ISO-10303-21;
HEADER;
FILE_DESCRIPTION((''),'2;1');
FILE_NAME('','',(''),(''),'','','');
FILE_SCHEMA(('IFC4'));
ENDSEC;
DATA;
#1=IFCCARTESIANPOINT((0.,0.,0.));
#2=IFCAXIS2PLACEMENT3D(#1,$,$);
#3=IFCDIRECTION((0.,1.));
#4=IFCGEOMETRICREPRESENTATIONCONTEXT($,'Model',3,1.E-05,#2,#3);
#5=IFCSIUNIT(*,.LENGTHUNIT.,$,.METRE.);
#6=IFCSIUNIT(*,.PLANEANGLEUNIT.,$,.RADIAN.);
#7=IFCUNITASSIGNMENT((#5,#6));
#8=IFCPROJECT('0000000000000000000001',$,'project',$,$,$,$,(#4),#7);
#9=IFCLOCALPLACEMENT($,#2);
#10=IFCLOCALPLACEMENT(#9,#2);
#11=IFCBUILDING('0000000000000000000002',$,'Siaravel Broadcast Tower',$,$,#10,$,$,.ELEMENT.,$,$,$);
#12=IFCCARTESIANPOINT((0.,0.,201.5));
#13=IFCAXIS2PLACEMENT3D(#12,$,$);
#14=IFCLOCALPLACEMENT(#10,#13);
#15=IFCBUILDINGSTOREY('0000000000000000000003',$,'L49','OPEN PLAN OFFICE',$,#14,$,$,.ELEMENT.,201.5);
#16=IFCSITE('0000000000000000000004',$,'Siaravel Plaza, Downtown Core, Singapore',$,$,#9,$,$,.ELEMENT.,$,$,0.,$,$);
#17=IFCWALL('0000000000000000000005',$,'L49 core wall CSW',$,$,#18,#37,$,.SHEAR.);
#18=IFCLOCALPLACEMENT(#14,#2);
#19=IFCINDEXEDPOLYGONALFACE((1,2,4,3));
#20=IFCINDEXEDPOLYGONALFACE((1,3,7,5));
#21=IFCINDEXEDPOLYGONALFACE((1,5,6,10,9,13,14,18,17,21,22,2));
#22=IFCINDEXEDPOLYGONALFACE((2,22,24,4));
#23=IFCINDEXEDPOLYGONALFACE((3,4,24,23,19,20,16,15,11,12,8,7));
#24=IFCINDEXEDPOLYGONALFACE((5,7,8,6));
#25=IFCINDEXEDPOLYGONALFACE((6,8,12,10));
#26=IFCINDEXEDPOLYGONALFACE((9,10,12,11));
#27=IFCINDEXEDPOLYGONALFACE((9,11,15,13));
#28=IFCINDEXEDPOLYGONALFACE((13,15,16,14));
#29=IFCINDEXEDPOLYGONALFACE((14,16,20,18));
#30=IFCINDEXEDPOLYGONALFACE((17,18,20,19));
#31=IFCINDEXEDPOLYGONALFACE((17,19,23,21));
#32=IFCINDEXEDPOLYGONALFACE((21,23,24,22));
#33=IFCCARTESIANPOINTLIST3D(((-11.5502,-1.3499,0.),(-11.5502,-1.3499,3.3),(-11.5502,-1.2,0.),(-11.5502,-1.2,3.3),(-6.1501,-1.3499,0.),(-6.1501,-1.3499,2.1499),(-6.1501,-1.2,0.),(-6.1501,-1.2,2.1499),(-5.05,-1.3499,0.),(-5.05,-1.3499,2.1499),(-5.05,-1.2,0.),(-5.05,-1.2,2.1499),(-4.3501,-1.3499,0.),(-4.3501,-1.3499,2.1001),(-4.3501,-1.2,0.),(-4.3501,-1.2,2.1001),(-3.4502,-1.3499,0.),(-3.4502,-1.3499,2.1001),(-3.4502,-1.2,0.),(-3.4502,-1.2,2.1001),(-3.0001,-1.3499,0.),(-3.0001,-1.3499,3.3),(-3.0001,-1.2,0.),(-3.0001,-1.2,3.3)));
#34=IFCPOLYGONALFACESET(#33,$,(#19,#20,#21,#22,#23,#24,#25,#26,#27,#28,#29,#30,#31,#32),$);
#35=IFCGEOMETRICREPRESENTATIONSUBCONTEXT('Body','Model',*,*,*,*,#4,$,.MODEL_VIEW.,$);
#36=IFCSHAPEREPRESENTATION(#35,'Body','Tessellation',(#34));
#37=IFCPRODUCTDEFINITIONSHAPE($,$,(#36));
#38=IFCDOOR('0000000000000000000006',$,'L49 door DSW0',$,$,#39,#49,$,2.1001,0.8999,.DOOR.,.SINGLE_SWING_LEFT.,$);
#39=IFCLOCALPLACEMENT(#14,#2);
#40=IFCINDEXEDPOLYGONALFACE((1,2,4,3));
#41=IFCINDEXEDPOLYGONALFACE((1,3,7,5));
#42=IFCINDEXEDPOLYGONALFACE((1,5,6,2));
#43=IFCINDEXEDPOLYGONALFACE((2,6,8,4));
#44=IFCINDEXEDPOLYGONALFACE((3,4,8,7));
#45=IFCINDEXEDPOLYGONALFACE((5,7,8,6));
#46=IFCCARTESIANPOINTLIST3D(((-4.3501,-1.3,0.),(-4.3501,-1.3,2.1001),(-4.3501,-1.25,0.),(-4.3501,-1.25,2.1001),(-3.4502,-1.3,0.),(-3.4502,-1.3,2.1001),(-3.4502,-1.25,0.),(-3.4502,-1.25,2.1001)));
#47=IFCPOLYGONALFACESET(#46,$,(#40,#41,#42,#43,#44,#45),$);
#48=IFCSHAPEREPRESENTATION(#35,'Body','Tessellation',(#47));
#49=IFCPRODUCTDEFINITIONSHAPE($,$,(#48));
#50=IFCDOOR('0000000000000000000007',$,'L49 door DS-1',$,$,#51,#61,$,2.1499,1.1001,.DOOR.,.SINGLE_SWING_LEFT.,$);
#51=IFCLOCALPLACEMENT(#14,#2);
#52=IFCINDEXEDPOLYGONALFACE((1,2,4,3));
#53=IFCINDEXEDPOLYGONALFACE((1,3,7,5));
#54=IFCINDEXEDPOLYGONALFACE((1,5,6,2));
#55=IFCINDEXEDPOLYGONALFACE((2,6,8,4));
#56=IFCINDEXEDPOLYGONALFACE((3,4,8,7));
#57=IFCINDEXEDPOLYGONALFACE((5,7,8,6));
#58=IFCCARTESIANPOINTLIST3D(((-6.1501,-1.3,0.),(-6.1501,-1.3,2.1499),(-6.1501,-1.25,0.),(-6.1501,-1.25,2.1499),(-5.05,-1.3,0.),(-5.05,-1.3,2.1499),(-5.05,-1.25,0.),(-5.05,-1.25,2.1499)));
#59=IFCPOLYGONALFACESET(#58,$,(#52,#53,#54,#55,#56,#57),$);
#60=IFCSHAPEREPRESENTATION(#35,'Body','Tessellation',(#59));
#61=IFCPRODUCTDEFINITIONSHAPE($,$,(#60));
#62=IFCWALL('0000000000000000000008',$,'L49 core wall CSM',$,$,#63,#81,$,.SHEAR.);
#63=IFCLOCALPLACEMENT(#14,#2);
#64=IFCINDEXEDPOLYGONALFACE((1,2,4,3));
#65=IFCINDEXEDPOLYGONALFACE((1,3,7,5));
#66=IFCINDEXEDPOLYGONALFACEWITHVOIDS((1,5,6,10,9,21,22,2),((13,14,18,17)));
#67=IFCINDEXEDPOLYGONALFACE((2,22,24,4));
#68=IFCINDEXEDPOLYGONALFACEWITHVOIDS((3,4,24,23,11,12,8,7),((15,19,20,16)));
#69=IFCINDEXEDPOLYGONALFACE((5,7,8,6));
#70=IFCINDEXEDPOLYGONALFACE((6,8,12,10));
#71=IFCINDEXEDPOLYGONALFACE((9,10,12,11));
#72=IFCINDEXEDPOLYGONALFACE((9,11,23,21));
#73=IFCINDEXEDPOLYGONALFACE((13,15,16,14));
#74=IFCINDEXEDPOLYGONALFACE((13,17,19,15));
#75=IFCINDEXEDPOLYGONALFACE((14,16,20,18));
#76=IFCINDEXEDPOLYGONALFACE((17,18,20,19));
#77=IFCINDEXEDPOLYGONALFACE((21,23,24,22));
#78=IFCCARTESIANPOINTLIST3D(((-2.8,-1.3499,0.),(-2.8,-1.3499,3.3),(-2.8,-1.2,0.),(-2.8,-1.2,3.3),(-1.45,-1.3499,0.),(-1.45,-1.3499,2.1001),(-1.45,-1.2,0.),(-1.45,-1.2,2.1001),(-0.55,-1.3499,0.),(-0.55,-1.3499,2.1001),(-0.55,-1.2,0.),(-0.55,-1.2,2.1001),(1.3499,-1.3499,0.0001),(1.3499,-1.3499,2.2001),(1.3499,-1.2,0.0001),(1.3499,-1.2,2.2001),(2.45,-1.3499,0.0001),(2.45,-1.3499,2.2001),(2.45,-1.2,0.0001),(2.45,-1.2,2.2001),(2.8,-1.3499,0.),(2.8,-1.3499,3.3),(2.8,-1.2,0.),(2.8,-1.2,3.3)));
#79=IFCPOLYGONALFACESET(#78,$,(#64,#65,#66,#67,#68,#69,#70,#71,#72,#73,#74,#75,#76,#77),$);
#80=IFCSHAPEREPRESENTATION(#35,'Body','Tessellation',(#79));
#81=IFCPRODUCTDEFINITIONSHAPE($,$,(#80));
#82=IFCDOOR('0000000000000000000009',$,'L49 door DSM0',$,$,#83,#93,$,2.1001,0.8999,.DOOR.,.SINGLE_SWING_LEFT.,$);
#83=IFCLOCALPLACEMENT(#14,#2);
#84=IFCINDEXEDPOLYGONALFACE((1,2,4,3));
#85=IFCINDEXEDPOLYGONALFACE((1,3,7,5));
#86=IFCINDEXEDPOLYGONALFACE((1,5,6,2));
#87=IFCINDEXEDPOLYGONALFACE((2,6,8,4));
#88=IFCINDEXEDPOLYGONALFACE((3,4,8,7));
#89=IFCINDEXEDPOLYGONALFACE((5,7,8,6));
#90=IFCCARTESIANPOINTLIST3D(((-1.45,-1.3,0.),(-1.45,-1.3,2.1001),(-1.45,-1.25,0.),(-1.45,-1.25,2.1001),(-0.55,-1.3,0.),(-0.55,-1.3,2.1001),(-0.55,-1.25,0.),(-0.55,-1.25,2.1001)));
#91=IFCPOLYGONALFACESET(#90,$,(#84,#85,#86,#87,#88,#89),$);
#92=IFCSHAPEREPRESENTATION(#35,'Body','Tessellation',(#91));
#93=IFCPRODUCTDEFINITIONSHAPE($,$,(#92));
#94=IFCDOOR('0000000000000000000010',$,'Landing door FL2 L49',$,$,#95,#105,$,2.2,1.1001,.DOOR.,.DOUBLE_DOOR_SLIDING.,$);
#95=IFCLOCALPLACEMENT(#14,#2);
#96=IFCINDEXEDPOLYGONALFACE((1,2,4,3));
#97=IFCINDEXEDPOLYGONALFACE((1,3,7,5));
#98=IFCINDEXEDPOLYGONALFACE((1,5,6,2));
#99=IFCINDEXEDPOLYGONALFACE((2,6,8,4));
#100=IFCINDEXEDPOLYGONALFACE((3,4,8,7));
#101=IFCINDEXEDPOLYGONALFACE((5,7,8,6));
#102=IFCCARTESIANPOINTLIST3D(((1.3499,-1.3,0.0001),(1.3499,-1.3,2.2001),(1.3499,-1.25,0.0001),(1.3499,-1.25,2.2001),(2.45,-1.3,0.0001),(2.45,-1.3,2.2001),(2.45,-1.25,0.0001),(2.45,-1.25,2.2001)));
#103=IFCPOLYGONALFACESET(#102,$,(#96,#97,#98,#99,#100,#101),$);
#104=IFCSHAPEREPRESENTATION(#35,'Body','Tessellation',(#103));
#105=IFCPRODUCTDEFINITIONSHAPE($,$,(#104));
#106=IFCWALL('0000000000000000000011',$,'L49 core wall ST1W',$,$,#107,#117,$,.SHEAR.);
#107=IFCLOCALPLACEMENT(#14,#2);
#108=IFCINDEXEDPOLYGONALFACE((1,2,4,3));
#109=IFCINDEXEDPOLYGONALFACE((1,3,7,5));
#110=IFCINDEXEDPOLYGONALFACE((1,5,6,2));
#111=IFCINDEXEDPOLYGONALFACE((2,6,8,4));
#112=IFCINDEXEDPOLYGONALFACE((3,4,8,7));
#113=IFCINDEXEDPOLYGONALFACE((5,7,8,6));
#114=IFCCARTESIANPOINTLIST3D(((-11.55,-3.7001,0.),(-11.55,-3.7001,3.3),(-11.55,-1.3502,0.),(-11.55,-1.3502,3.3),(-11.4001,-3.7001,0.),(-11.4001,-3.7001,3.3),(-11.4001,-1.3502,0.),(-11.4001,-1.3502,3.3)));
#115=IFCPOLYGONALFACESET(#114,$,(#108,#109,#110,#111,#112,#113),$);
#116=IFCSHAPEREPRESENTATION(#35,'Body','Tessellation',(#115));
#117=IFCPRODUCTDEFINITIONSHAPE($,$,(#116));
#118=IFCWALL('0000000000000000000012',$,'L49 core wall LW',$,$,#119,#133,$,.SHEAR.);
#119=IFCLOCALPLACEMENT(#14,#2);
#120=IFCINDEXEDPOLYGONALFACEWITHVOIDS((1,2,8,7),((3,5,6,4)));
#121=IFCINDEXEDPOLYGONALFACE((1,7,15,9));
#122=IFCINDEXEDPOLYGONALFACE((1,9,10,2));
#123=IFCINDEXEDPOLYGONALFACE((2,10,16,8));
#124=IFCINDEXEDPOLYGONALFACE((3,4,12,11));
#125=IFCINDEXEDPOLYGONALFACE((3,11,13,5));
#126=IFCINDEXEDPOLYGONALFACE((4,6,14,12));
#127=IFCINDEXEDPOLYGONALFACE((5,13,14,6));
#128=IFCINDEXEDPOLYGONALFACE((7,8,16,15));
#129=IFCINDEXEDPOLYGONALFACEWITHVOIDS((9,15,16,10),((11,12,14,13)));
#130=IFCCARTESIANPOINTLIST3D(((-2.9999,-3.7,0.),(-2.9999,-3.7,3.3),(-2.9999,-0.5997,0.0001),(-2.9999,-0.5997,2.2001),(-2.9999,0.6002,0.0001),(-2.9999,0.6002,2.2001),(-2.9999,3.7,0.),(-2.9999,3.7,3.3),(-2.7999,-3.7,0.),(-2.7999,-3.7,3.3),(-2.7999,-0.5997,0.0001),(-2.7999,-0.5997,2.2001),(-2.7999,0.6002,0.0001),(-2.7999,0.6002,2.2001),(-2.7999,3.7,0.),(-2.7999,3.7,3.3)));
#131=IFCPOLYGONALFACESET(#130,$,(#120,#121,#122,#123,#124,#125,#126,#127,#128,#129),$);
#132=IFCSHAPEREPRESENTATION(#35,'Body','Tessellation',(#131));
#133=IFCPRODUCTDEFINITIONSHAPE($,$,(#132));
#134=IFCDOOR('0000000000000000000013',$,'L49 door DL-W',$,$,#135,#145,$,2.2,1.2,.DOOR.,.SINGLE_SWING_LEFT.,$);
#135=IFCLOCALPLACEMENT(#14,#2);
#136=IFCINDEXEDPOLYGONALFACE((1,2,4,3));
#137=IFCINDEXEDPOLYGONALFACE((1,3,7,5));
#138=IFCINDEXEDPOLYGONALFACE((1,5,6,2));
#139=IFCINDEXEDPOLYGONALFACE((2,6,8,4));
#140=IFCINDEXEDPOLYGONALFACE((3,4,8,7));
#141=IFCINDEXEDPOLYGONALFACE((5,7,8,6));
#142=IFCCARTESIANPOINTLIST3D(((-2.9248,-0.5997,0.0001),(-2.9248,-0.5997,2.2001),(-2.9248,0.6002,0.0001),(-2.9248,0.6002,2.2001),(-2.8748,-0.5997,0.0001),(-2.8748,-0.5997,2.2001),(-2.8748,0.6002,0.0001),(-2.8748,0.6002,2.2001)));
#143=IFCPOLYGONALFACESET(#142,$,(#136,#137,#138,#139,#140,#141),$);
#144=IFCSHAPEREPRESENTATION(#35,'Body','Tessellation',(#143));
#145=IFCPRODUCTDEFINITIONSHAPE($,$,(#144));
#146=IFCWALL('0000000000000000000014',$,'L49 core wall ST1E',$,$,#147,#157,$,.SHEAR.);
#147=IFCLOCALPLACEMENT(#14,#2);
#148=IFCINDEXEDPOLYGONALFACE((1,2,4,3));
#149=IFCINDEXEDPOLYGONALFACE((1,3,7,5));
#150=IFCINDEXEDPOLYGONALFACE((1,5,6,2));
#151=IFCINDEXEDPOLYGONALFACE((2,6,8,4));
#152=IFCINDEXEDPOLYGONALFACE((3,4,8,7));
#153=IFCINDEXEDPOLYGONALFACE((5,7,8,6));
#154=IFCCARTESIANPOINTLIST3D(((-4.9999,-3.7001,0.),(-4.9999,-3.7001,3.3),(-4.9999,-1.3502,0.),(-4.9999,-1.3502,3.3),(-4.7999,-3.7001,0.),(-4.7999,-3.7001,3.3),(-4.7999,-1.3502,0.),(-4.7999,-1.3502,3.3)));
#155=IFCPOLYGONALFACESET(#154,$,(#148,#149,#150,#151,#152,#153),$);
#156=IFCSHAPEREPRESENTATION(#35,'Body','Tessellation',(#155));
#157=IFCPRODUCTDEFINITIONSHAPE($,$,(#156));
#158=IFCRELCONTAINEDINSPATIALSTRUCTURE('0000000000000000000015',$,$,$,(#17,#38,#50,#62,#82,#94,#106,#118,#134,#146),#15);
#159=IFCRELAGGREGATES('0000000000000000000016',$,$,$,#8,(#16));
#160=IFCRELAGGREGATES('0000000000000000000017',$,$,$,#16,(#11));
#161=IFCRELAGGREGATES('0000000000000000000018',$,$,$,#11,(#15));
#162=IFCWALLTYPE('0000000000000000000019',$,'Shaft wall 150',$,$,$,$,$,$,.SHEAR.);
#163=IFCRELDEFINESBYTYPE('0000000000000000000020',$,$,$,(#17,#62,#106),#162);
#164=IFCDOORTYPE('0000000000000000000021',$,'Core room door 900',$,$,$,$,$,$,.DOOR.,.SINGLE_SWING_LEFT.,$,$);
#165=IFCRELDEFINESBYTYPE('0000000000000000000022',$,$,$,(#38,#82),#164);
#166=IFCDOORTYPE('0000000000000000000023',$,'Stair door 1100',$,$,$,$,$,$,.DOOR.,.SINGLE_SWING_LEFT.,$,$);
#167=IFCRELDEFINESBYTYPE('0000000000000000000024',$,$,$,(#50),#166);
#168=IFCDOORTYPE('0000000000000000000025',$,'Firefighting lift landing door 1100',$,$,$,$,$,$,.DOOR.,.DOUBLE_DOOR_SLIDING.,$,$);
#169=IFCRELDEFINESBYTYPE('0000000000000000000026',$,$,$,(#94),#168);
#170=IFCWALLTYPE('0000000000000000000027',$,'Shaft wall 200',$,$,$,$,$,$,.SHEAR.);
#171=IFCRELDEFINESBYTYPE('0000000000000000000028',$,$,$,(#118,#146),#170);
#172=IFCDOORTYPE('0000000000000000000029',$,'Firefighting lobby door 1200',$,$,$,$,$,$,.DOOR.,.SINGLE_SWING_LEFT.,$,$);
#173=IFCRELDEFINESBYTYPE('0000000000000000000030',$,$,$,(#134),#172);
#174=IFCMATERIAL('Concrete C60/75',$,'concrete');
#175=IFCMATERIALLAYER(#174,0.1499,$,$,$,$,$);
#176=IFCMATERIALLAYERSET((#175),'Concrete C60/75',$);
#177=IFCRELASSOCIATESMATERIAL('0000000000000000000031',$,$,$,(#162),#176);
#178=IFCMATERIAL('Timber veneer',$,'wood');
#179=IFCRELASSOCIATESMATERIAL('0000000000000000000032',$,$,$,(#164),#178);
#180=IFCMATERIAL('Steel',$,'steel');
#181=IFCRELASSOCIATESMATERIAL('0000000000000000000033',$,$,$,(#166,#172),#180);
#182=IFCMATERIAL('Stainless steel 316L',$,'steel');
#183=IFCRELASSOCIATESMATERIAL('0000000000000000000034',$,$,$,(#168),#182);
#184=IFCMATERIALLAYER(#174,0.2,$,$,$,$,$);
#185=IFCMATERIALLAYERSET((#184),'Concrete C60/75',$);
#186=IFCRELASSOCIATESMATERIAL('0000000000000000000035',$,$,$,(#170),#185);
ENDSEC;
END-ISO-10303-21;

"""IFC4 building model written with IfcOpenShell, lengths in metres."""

from ifc_helpers import new_model, si_unit, direction, frame, frame_2d, origin, place, context, subcontext, project, spatial, rectangle, extrude, material, layer, layer_set, type_object, element, fill, save


model = new_model("IFC4")

# Units and contexts
model_context = context("Model", 3, precision=1e-05, world=origin(), true_north=direction((0.0, 1.0)))
body_context = subcontext(model_context, "Body", "Model", "MODEL_VIEW")
ifc_project = project(units=[si_unit("LENGTHUNIT", "METRE"), si_unit("PLANEANGLEUNIT", "RADIAN")], contexts=[model_context])

# Site, building, storey
site_placement = place(None, origin())
site = spatial("IfcSite", under=ifc_project, at=site_placement, Name="Siaravel Plaza, Downtown Core, Singapore", CompositionType="ELEMENT", RefElevation=0.0)
building_placement = place(site_placement, origin())
building = spatial("IfcBuilding", under=site, at=building_placement, Name="Siaravel Broadcast Tower", CompositionType="ELEMENT")
storey_placement = place(building_placement, frame((0.0, 0.0, 201.5)))
storey = spatial("IfcBuildingStorey", under=building, at=storey_placement, Name="L49", Description="OPEN PLAN OFFICE", CompositionType="ELEMENT", Elevation=201.5)

# Walls, openings, doors
ifc_material_1 = material(Name="Concrete C60/75", Category="concrete")
ifc_layer_1 = layer(ifc_material_1, 0.1499)
ifc_layer_set_1 = layer_set([ifc_layer_1], Name="Concrete C60/75")
wall_type_1 = type_object("IfcWallType", Name="Shaft wall 150", PredefinedType="SHEAR", material=ifc_layer_set_1)
wall_1_placement = place(storey_placement, frame((-11.55, -1.2749, 0.0), z_axis=(0.0, 0.0, 1.0), x_axis=(1.0, 0.0, 0.0)))
wall_1 = element("IfcWall", 1, at=wall_1_placement, inside=storey, type_object=wall_type_1, Name="L49 core wall CSW", PredefinedType="SHEAR", context=body_context, shape_type="SweptSolid", body=[
    extrude(rectangle(XDim=8.55, YDim=0.1499, at=frame_2d((4.2749, 0.0))), origin(), (0.0, 0.0, 1.0), 3.3),
])
opening_1_placement = place(wall_1_placement, frame((5.3999, 0.0, 0.0)))
opening_1 = element("IfcOpeningElement", 2, at=opening_1_placement, cuts=wall_1, PredefinedType="OPENING", context=body_context, shape_type="SweptSolid", body=[
    extrude(rectangle(XDim=1.1001, YDim=2.1499, at=frame_2d((0.55, 1.075))), frame((0.0, 0.085, 0.0), z_axis=(0.0, -1.0, 0.0), x_axis=(1.0, 0.0, 0.0)), (0.0, 0.0, 1.0), 0.1699),
])
opening_2_placement = place(wall_1_placement, frame((7.2, 0.0, 0.0)))
opening_2 = element("IfcOpeningElement", 3, at=opening_2_placement, cuts=wall_1, PredefinedType="OPENING", context=body_context, shape_type="SweptSolid", body=[
    extrude(rectangle(XDim=0.8999, YDim=2.1001, at=frame_2d((0.45, 1.05))), frame((0.0, 0.085, 0.0), z_axis=(0.0, -1.0, 0.0), x_axis=(1.0, 0.0, 0.0)), (0.0, 0.0, 1.0), 0.1699),
])
ifc_material_2 = material(Name="Timber veneer", Category="wood")
door_type_1 = type_object("IfcDoorType", Name="Core room door 900", OperationType="SINGLE_SWING_LEFT", PredefinedType="DOOR", material=ifc_material_2)
door_1_placement = place(opening_2_placement, origin())
door_1 = element("IfcDoor", 4, at=door_1_placement, inside=storey, type_object=door_type_1, Name="L49 door DSW0", OperationType="SINGLE_SWING_LEFT", OverallHeight=2.1001, OverallWidth=0.8999, PredefinedType="DOOR", context=body_context, shape_type="SweptSolid", body=[
    extrude(rectangle(XDim=0.8999, YDim=2.1001, at=frame_2d((0.45, 1.05))), frame((0.0, 0.0249, 0.0), z_axis=(0.0, -1.0, 0.0), x_axis=(1.0, 0.0, 0.0)), (0.0, 0.0, 1.0), 0.05),
])
fill(opening_2, door_1)
ifc_material_3 = material(Name="Steel", Category="steel")
door_type_2 = type_object("IfcDoorType", Name="Stair door 1100", OperationType="SINGLE_SWING_LEFT", PredefinedType="DOOR", material=ifc_material_3)
door_2_placement = place(opening_1_placement, origin())
door_2 = element("IfcDoor", 5, at=door_2_placement, inside=storey, type_object=door_type_2, Name="L49 door DS-1", OperationType="SINGLE_SWING_LEFT", OverallHeight=2.1499, OverallWidth=1.1001, PredefinedType="DOOR", context=body_context, shape_type="SweptSolid", body=[
    extrude(rectangle(XDim=1.1001, YDim=2.1499, at=frame_2d((0.55, 1.075))), frame((0.0, 0.0249, 0.0), z_axis=(0.0, -1.0, 0.0), x_axis=(1.0, 0.0, 0.0)), (0.0, 0.0, 1.0), 0.05),
])
fill(opening_1, door_2)
wall_2_placement = place(storey_placement, frame((-2.8, -1.2749, 0.0), z_axis=(0.0, 0.0, 1.0), x_axis=(1.0, 0.0, 0.0)))
wall_2 = element("IfcWall", 6, at=wall_2_placement, inside=storey, type_object=wall_type_1, Name="L49 core wall CSM", PredefinedType="SHEAR", context=body_context, shape_type="SweptSolid", body=[
    extrude(rectangle(XDim=5.6001, YDim=0.1499, at=frame_2d((2.8, 0.0))), origin(), (0.0, 0.0, 1.0), 3.3),
])
opening_3_placement = place(wall_2_placement, frame((4.1499, 0.0, 0.0)))
opening_3 = element("IfcOpeningElement", 7, at=opening_3_placement, cuts=wall_2, PredefinedType="OPENING", context=body_context, shape_type="SweptSolid", body=[
    extrude(rectangle(XDim=1.1001, YDim=2.2, at=frame_2d((0.55, 1.1001))), frame((0.0, 0.085, 0.0), z_axis=(0.0, -1.0, 0.0), x_axis=(1.0, 0.0, 0.0)), (0.0, 0.0, 1.0), 0.1699),
])
opening_4_placement = place(wall_2_placement, frame((1.3501, 0.0, 0.0)))
opening_4 = element("IfcOpeningElement", 8, at=opening_4_placement, cuts=wall_2, PredefinedType="OPENING", context=body_context, shape_type="SweptSolid", body=[
    extrude(rectangle(XDim=0.8999, YDim=2.1001, at=frame_2d((0.45, 1.05))), frame((0.0, 0.085, 0.0), z_axis=(0.0, -1.0, 0.0), x_axis=(1.0, 0.0, 0.0)), (0.0, 0.0, 1.0), 0.1699),
])
door_3_placement = place(opening_4_placement, origin())
door_3 = element("IfcDoor", 9, at=door_3_placement, inside=storey, type_object=door_type_1, Name="L49 door DSM0", OperationType="SINGLE_SWING_LEFT", OverallHeight=2.1001, OverallWidth=0.8999, PredefinedType="DOOR", context=body_context, shape_type="SweptSolid", body=[
    extrude(rectangle(XDim=0.8999, YDim=2.1001, at=frame_2d((0.45, 1.05))), frame((0.0, 0.0249, 0.0), z_axis=(0.0, -1.0, 0.0), x_axis=(1.0, 0.0, 0.0)), (0.0, 0.0, 1.0), 0.05),
])
fill(opening_4, door_3)
ifc_material_4 = material(Name="Stainless steel 316L", Category="steel")
door_type_3 = type_object("IfcDoorType", Name="Firefighting lift landing door 1100", OperationType="DOUBLE_DOOR_SLIDING", PredefinedType="DOOR", material=ifc_material_4)
door_4_placement = place(opening_3_placement, origin())
door_4 = element("IfcDoor", 10, at=door_4_placement, inside=storey, type_object=door_type_3, Name="Landing door FL2 L49", OperationType="DOUBLE_DOOR_SLIDING", OverallHeight=2.2, OverallWidth=1.1001, PredefinedType="DOOR", context=body_context, shape_type="SweptSolid", body=[
    extrude(rectangle(XDim=1.1001, YDim=2.2, at=frame_2d((0.55, 1.1001))), frame((0.0, 0.0249, 0.0), z_axis=(0.0, -1.0, 0.0), x_axis=(1.0, 0.0, 0.0)), (0.0, 0.0, 1.0), 0.05),
])
fill(opening_3, door_4)

# Wall
wall_3_placement = place(storey_placement, frame((-11.4751, -3.7, 0.0), z_axis=(0.0, 0.0, 1.0), x_axis=(0.0, 1.0, 0.0)))
element("IfcWall", 11, at=wall_3_placement, inside=storey, type_object=wall_type_1, Name="L49 core wall ST1W", PredefinedType="SHEAR", context=body_context, shape_type="SweptSolid", body=[
    extrude(rectangle(XDim=2.3499, YDim=0.1499, at=frame_2d((1.1748, 0.0))), origin(), (0.0, 0.0, 1.0), 3.3),
])

# Wall, opening, door
ifc_layer_2 = layer(ifc_material_1, 0.2)
ifc_layer_set_2 = layer_set([ifc_layer_2], Name="Concrete C60/75")
wall_type_2 = type_object("IfcWallType", Name="Shaft wall 200", PredefinedType="SHEAR", material=ifc_layer_set_2)
wall_4_placement = place(storey_placement, frame((-2.8999, -3.7, 0.0), z_axis=(0.0, 0.0, 1.0), x_axis=(0.0, 1.0, 0.0)))
wall_4 = element("IfcWall", 12, at=wall_4_placement, inside=storey, type_object=wall_type_2, Name="L49 core wall LW", PredefinedType="SHEAR", context=body_context, shape_type="SweptSolid", body=[
    extrude(rectangle(XDim=7.3999, YDim=0.2, at=frame_2d((3.7, 0.0))), origin(), (0.0, 0.0, 1.0), 3.3),
])
opening_5_placement = place(wall_4_placement, frame((3.1001, 0.0, 0.0)))
opening_5 = element("IfcOpeningElement", 13, at=opening_5_placement, cuts=wall_4, PredefinedType="OPENING", context=body_context, shape_type="SweptSolid", body=[
    extrude(rectangle(XDim=1.2, YDim=2.2, at=frame_2d((0.6001, 1.1001))), frame((0.0, 0.1099, 0.0), z_axis=(0.0, -1.0, 0.0), x_axis=(1.0, 0.0, 0.0)), (0.0, 0.0, 1.0), 0.22),
])
door_type_4 = type_object("IfcDoorType", Name="Firefighting lobby door 1200", OperationType="SINGLE_SWING_LEFT", PredefinedType="DOOR", material=ifc_material_3)
door_5_placement = place(opening_5_placement, origin())
door_5 = element("IfcDoor", 14, at=door_5_placement, inside=storey, type_object=door_type_4, Name="L49 door DL-W", OperationType="SINGLE_SWING_LEFT", OverallHeight=2.2, OverallWidth=1.2, PredefinedType="DOOR", context=body_context, shape_type="SweptSolid", body=[
    extrude(rectangle(XDim=1.2, YDim=2.2, at=frame_2d((0.6001, 1.1001))), frame((0.0, 0.0249, 0.0), z_axis=(0.0, -1.0, 0.0), x_axis=(1.0, 0.0, 0.0)), (0.0, 0.0, 1.0), 0.05),
])
fill(opening_5, door_5)

# Wall
wall_5_placement = place(storey_placement, frame((-4.8999, -3.7, 0.0), z_axis=(0.0, 0.0, 1.0), x_axis=(0.0, 1.0, 0.0)))
element("IfcWall", 15, at=wall_5_placement, inside=storey, type_object=wall_type_2, Name="L49 core wall ST1E", PredefinedType="SHEAR", context=body_context, shape_type="SweptSolid", body=[
    extrude(rectangle(XDim=2.3499, YDim=0.2, at=frame_2d((1.1748, 0.0))), origin(), (0.0, 0.0, 1.0), 3.3),
])

save(model, "model.ifc")
